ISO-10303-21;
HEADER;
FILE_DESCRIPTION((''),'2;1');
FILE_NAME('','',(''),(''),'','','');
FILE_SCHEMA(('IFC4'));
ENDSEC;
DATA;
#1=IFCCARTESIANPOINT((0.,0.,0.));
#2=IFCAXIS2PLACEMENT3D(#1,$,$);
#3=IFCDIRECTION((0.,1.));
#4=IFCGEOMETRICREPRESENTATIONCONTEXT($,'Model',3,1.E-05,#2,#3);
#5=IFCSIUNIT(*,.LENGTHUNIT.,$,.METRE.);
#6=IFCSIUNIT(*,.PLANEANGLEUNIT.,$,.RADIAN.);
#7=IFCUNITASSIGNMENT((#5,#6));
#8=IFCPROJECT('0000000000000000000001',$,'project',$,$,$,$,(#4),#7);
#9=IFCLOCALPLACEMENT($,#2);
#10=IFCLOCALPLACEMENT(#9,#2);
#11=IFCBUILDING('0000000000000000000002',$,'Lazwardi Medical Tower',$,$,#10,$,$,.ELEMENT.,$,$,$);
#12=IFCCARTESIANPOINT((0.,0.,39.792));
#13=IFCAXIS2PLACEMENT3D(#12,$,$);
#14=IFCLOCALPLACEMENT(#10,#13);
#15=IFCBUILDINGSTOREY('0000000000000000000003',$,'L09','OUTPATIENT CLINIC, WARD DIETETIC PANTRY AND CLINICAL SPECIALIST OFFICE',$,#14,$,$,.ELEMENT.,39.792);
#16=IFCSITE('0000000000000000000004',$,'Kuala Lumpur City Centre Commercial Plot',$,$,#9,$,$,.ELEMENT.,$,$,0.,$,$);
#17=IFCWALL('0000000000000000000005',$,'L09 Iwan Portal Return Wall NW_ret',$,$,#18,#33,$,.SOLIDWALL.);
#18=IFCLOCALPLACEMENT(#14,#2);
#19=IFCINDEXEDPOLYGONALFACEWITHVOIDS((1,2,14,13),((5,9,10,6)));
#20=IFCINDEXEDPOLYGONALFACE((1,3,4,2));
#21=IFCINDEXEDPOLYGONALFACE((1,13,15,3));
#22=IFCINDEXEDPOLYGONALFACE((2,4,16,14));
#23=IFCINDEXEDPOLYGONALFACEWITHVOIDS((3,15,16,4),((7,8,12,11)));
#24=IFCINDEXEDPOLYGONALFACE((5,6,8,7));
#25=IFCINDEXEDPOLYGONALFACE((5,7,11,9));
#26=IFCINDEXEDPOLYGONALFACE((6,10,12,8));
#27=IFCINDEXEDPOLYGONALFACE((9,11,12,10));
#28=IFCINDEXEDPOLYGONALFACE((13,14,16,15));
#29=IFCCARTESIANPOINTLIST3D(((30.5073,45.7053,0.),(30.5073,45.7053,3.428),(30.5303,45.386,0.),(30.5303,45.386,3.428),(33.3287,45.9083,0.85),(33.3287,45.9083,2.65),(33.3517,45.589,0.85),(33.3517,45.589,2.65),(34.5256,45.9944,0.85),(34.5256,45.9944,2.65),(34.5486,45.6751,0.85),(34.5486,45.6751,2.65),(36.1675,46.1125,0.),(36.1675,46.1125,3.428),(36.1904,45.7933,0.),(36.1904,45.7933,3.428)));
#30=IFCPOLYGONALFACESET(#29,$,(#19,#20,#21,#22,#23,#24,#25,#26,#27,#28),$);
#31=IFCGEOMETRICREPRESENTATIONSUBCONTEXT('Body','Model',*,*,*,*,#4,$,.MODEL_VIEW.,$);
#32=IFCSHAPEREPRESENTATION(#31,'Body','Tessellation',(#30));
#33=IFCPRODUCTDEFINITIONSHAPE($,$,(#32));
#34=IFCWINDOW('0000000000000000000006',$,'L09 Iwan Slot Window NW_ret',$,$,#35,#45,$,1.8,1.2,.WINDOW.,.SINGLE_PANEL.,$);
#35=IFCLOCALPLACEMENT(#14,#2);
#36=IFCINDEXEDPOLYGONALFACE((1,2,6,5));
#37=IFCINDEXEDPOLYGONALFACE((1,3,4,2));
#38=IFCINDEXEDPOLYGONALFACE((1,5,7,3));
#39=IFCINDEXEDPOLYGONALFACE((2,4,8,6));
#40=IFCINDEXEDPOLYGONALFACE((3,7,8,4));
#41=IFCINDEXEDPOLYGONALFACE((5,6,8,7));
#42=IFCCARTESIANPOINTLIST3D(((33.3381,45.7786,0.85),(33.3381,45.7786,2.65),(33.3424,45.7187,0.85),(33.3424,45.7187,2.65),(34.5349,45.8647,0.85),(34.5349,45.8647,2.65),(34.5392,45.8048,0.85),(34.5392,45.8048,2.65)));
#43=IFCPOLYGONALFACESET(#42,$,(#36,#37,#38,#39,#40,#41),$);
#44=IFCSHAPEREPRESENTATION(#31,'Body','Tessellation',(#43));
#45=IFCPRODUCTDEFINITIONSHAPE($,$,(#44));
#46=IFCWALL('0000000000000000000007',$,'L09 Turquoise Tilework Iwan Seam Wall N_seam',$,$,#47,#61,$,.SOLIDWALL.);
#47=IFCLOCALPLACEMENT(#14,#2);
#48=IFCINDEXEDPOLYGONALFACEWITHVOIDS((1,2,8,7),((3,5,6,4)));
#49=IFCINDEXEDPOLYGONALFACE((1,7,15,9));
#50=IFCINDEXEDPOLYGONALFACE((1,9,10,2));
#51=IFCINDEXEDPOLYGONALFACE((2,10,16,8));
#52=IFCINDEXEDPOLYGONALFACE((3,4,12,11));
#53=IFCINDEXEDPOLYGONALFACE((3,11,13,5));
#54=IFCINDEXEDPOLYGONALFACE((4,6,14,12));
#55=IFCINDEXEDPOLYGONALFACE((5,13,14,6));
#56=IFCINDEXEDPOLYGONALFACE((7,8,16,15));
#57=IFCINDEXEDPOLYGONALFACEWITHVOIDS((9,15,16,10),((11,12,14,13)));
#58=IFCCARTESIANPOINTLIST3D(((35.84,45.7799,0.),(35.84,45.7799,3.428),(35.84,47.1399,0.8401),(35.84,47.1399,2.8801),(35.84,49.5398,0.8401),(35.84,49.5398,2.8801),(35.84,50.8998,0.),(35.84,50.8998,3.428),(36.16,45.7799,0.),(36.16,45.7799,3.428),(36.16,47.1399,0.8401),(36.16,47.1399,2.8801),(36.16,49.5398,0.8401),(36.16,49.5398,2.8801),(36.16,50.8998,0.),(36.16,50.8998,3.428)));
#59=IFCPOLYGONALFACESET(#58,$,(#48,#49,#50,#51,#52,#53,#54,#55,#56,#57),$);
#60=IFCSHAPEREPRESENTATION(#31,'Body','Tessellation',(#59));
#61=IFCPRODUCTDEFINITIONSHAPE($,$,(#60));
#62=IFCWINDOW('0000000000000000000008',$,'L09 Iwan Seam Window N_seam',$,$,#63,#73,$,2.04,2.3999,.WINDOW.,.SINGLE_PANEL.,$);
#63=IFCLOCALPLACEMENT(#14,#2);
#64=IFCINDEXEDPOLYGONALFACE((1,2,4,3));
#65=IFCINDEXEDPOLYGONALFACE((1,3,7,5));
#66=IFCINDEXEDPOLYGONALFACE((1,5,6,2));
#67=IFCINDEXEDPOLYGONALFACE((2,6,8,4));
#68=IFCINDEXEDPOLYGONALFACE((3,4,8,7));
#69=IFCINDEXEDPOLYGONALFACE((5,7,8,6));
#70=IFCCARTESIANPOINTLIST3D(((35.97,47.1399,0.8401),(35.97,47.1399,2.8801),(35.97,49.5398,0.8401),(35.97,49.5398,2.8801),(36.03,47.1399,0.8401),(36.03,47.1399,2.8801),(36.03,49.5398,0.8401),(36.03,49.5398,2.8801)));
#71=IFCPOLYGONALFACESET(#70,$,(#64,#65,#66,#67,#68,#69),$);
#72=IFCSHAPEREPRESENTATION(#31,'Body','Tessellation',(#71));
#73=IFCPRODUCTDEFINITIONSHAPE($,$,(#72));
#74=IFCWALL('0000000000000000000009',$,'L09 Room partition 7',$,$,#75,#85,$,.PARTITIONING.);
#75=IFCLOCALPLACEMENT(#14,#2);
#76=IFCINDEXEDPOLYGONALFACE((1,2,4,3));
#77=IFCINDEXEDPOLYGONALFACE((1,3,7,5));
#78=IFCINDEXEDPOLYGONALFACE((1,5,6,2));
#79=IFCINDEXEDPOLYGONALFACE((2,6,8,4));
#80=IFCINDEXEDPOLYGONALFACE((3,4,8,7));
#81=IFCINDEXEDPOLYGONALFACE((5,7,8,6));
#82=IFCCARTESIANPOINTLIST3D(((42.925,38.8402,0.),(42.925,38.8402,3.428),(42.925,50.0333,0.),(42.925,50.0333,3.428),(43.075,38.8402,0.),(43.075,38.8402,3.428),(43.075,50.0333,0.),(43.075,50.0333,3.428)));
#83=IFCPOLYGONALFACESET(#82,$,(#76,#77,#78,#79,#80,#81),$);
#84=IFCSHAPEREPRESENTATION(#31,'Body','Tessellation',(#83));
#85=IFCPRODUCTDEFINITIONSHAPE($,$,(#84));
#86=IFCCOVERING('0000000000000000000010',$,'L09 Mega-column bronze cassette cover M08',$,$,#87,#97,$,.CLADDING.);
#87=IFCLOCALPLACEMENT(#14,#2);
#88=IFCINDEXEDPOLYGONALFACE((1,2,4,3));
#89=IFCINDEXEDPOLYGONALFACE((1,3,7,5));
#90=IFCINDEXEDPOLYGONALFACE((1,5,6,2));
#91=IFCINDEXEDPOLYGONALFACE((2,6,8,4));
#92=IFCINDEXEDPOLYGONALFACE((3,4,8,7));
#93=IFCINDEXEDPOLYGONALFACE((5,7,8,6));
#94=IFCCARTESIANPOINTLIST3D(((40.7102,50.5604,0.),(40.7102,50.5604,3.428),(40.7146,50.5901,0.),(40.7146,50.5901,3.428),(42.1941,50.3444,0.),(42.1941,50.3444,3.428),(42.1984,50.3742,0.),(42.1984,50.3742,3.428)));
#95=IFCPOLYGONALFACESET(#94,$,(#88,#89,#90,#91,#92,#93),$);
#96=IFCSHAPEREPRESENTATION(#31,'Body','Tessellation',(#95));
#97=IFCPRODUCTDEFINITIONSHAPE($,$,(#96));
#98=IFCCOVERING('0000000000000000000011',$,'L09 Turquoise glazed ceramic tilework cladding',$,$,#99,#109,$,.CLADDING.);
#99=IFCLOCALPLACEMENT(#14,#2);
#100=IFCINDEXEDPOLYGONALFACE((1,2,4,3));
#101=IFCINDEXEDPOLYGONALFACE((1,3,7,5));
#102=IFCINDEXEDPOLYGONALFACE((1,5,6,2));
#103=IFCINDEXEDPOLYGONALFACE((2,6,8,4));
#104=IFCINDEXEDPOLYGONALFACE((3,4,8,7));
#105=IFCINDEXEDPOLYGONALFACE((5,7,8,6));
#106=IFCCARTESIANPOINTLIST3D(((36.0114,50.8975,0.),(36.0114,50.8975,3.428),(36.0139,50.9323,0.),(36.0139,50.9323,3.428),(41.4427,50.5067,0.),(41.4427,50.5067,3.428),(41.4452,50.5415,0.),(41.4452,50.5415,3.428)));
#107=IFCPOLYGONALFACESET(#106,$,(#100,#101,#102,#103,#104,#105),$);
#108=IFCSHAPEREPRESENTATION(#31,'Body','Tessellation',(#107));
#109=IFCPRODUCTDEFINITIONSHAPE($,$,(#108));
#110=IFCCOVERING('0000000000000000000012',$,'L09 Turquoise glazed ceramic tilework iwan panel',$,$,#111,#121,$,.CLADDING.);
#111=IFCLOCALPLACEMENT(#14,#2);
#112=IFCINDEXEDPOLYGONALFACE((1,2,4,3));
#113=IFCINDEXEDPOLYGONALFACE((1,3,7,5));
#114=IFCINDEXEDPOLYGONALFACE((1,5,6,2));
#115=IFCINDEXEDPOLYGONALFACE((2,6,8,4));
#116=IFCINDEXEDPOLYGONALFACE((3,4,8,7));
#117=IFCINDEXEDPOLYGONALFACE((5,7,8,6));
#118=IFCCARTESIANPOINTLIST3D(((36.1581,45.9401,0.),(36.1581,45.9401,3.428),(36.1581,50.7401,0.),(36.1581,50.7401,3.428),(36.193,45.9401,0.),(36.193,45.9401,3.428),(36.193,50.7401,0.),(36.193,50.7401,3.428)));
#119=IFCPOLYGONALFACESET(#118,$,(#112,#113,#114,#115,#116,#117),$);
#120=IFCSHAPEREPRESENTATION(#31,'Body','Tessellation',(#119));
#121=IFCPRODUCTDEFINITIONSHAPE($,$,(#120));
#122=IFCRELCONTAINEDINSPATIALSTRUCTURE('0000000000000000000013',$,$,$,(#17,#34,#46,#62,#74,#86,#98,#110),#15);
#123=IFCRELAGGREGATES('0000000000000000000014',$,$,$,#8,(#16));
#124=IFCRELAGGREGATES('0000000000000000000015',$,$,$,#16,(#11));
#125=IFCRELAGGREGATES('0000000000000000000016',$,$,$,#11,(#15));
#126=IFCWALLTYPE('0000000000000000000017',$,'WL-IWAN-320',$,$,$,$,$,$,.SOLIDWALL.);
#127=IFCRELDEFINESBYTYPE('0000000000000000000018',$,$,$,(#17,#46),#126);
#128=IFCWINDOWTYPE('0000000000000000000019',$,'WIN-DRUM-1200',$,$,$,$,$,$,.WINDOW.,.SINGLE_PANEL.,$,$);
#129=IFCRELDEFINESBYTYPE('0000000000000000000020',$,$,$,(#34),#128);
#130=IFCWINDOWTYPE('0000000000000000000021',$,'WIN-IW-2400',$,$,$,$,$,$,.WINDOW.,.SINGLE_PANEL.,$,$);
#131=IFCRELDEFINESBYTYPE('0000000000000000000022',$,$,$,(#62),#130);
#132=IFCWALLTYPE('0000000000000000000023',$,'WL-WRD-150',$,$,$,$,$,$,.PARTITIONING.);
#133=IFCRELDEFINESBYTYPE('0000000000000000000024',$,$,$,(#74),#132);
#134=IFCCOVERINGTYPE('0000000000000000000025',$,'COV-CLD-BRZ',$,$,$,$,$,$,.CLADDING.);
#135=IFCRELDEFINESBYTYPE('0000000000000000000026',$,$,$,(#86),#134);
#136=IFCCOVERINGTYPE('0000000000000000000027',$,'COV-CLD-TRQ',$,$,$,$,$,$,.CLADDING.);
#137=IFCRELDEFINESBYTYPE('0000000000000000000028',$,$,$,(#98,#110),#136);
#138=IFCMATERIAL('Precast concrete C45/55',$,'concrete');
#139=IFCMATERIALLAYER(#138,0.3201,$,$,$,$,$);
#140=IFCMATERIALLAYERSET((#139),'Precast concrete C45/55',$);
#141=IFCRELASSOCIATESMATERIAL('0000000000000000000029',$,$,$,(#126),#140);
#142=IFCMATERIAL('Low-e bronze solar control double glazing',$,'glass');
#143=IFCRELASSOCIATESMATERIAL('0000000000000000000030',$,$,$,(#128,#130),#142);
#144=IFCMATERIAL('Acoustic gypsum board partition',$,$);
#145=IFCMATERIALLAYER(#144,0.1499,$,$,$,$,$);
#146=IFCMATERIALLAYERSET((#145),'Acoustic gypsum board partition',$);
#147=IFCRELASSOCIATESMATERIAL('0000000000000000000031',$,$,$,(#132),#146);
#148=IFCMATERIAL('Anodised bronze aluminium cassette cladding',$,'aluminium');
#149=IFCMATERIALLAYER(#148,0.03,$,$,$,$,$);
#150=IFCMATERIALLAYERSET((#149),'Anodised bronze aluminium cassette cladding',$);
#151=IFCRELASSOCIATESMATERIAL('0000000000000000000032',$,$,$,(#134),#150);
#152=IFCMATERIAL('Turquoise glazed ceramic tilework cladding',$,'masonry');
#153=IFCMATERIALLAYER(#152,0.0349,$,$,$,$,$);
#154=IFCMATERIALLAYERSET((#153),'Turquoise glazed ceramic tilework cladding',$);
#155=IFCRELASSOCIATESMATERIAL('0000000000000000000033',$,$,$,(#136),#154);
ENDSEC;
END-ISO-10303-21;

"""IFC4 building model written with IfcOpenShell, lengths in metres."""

from ifc_helpers import new_model, si_unit, direction, frame, frame_2d, origin, origin_2d, place, context, subcontext, project, spatial, rectangle, extrude, material, layer, layer_set, type_object, element, fill, save


model = new_model("IFC4")

# Units and contexts
model_context = context("Model", 3, precision=1e-05, world=origin(), true_north=direction((0.0, 1.0)))
body_context = subcontext(model_context, "Body", "Model", "MODEL_VIEW")
ifc_project = project(units=[si_unit("LENGTHUNIT", "METRE"), si_unit("PLANEANGLEUNIT", "RADIAN")], contexts=[model_context])

# Site, building, storey
site_placement = place(None, origin())
site = spatial("IfcSite", under=ifc_project, at=site_placement, Name="Kuala Lumpur City Centre Commercial Plot", CompositionType="ELEMENT", RefElevation=0.0)
building_placement = place(site_placement, origin())
building = spatial("IfcBuilding", under=site, at=building_placement, Name="Lazwardi Medical Tower", CompositionType="ELEMENT")
storey_placement = place(building_placement, frame((0.0, 0.0, 39.792)))
storey = spatial("IfcBuildingStorey", under=building, at=storey_placement, Name="L09", Description="OUTPATIENT CLINIC, WARD DIETETIC PANTRY AND CLINICAL SPECIALIST OFFICE", CompositionType="ELEMENT", Elevation=39.792)

# Shared definitions
ifc_material_1 = material(Name="Low-e bronze solar control double glazing", Category="glass")

# Walls, openings, windows
ifc_material_2 = material(Name="Precast concrete C45/55", Category="concrete")
ifc_layer_1 = layer(ifc_material_2, 0.3201)
ifc_layer_set_1 = layer_set([ifc_layer_1], Name="Precast concrete C45/55")
wall_type_1 = type_object("IfcWallType", Name="WL-IWAN-320", PredefinedType="SOLIDWALL", material=ifc_layer_set_1)
wall_1_placement = place(storey_placement, frame((36.179, 45.9529, 0.0), z_axis=(0.0, 0.0, 1.0), x_axis=(-0.997422, -0.071761, 0.0)))
wall_1 = element("IfcWall", 1, at=wall_1_placement, inside=storey, type_object=wall_type_1, Name="L09 Iwan Portal Return Wall NW_ret", PredefinedType="SOLIDWALL", context=body_context, shape_type="SweptSolid", body=[
    extrude(rectangle(XDim=5.6748, YDim=0.3201, at=frame_2d((2.8374, 0.0))), origin(), (0.0, 0.0, 1.0), 3.428),
])
opening_1_placement = place(wall_1_placement, frame((1.646, 0.0, 0.8501)))
opening_1 = element("IfcOpeningElement", 2, at=opening_1_placement, cuts=wall_1, PredefinedType="OPENING", context=body_context, shape_type="SweptSolid", body=[
    extrude(rectangle(XDim=1.2, YDim=1.8, at=frame_2d((0.6001, 0.8999))), frame((0.0, 0.1699, 0.0), z_axis=(0.0, -1.0, 0.0), x_axis=(1.0, 0.0, 0.0)), (0.0, 0.0, 1.0), 0.3401),
])
window_type_1 = type_object("IfcWindowType", Name="WIN-DRUM-1200", PartitioningType="SINGLE_PANEL", PredefinedType="WINDOW", material=ifc_material_1)
window_1_placement = place(opening_1_placement, origin())
window_1 = element("IfcWindow", 3, at=window_1_placement, inside=storey, type_object=window_type_1, Name="L09 Iwan Slot Window NW_ret", OverallHeight=1.8, OverallWidth=1.2, PartitioningType="SINGLE_PANEL", PredefinedType="WINDOW", context=body_context, shape_type="SweptSolid", body=[
    extrude(rectangle(XDim=1.2, YDim=1.8, at=frame_2d((0.6001, 0.8999))), frame((0.0, 0.03, 0.0), z_axis=(0.0, -1.0, 0.0), x_axis=(1.0, 0.0, 0.0)), (0.0, 0.0, 1.0), 0.0601),
])
fill(opening_1, window_1)
wall_2_placement = place(storey_placement, frame((36.0, 50.8999, 0.0), z_axis=(0.0, 0.0, 1.0), x_axis=(0.0, -1.0, 0.0)))
wall_2 = element("IfcWall", 4, at=wall_2_placement, inside=storey, type_object=wall_type_1, Name="L09 Turquoise Tilework Iwan Seam Wall N_seam", PredefinedType="SOLIDWALL", context=body_context, shape_type="SweptSolid", body=[
    extrude(rectangle(XDim=5.1199, YDim=0.3201, at=frame_2d((2.5601, 0.0))), origin(), (0.0, 0.0, 1.0), 3.428),
])
opening_2_placement = place(wall_2_placement, frame((1.3601, 0.0, 0.8401)))
opening_2 = element("IfcOpeningElement", 5, at=opening_2_placement, cuts=wall_2, PredefinedType="OPENING", context=body_context, shape_type="SweptSolid", body=[
    extrude(rectangle(XDim=2.3999, YDim=2.04, at=frame_2d((1.2, 1.02))), frame((0.0, 0.1699, 0.0), z_axis=(0.0, -1.0, 0.0), x_axis=(1.0, 0.0, 0.0)), (0.0, 0.0, 1.0), 0.3401),
])
window_type_2 = type_object("IfcWindowType", Name="WIN-IW-2400", PartitioningType="SINGLE_PANEL", PredefinedType="WINDOW", material=ifc_material_1)
window_2_placement = place(opening_2_placement, origin())
window_2 = element("IfcWindow", 6, at=window_2_placement, inside=storey, type_object=window_type_2, Name="L09 Iwan Seam Window N_seam", OverallHeight=2.04, OverallWidth=2.3999, PartitioningType="SINGLE_PANEL", PredefinedType="WINDOW", context=body_context, shape_type="SweptSolid", body=[
    extrude(rectangle(XDim=2.3999, YDim=2.04, at=frame_2d((1.2, 1.02))), frame((0.0, 0.03, 0.0), z_axis=(0.0, -1.0, 0.0), x_axis=(1.0, 0.0, 0.0)), (0.0, 0.0, 1.0), 0.0601),
])
fill(opening_2, window_2)

# Wall
ifc_material_3 = material(Name="Acoustic gypsum board partition")
ifc_layer_2 = layer(ifc_material_3, 0.1499)
ifc_layer_set_2 = layer_set([ifc_layer_2], Name="Acoustic gypsum board partition")
wall_type_2 = type_object("IfcWallType", Name="WL-WRD-150", PredefinedType="PARTITIONING", material=ifc_layer_set_2)
wall_3_placement = place(storey_placement, frame((43.0, 38.8401, 0.0), z_axis=(0.0, 0.0, 1.0), x_axis=(0.0, 1.0, 0.0)))
element("IfcWall", 7, at=wall_3_placement, inside=storey, type_object=wall_type_2, Name="L09 Room partition 7", PredefinedType="PARTITIONING", context=body_context, shape_type="SweptSolid", body=[
    extrude(rectangle(XDim=11.1931, YDim=0.1499, at=frame_2d((5.5967, 0.0))), origin(), (0.0, 0.0, 1.0), 3.428),
])

# Coverings
ifc_material_4 = material(Name="Anodised bronze aluminium cassette cladding", Category="aluminium")
ifc_layer_3 = layer(ifc_material_4, 0.03)
ifc_layer_set_3 = layer_set([ifc_layer_3], Name="Anodised bronze aluminium cassette cladding")
covering_type_1 = type_object("IfcCoveringType", Name="COV-CLD-BRZ", PredefinedType="CLADDING", material=ifc_layer_set_3)
covering_1_placement = place(storey_placement, frame((41.4543, 50.4673, 0.0), z_axis=(0.0, 0.0, 1.0), x_axis=(-0.989573, 0.144035, 0.0)))
element("IfcCovering", 8, at=covering_1_placement, inside=storey, type_object=covering_type_1, Name="L09 Mega-column bronze cassette cover M08", PredefinedType="CLADDING", context=body_context, shape_type="SweptSolid", body=[
    extrude(rectangle(XDim=1.4995, YDim=0.03, at=origin_2d()), origin(), (0.0, 0.0, 1.0), 3.428),
])
ifc_material_5 = material(Name="Turquoise glazed ceramic tilework cladding", Category="masonry")
ifc_layer_4 = layer(ifc_material_5, 0.0349)
ifc_layer_set_4 = layer_set([ifc_layer_4], Name="Turquoise glazed ceramic tilework cladding")
covering_type_2 = type_object("IfcCoveringType", Name="COV-CLD-TRQ", PredefinedType="CLADDING", material=ifc_layer_set_4)
covering_2_placement = place(storey_placement, frame((38.7283, 50.7195, 0.0), z_axis=(0.0, 0.0, 1.0), x_axis=(-0.997421, 0.071767, 0.0)))
element("IfcCovering", 9, at=covering_2_placement, inside=storey, type_object=covering_type_2, Name="L09 Turquoise glazed ceramic tilework cladding", PredefinedType="CLADDING", context=body_context, shape_type="SweptSolid", body=[
    extrude(rectangle(XDim=5.4453, YDim=0.0349, at=origin_2d()), origin(), (0.0, 0.0, 1.0), 3.428),
])
covering_3_placement = place(storey_placement, frame((36.1755, 48.3401, 0.0), z_axis=(0.0, 0.0, 1.0), x_axis=(0.0, -1.0, 0.0)))
element("IfcCovering", 10, at=covering_3_placement, inside=storey, type_object=covering_type_2, Name="L09 Turquoise glazed ceramic tilework iwan panel", PredefinedType="CLADDING", context=body_context, shape_type="SweptSolid", body=[
    extrude(rectangle(XDim=4.8, YDim=0.0349, at=origin_2d()), origin(), (0.0, 0.0, 1.0), 3.428),
])

save(model, "model.ifc")
